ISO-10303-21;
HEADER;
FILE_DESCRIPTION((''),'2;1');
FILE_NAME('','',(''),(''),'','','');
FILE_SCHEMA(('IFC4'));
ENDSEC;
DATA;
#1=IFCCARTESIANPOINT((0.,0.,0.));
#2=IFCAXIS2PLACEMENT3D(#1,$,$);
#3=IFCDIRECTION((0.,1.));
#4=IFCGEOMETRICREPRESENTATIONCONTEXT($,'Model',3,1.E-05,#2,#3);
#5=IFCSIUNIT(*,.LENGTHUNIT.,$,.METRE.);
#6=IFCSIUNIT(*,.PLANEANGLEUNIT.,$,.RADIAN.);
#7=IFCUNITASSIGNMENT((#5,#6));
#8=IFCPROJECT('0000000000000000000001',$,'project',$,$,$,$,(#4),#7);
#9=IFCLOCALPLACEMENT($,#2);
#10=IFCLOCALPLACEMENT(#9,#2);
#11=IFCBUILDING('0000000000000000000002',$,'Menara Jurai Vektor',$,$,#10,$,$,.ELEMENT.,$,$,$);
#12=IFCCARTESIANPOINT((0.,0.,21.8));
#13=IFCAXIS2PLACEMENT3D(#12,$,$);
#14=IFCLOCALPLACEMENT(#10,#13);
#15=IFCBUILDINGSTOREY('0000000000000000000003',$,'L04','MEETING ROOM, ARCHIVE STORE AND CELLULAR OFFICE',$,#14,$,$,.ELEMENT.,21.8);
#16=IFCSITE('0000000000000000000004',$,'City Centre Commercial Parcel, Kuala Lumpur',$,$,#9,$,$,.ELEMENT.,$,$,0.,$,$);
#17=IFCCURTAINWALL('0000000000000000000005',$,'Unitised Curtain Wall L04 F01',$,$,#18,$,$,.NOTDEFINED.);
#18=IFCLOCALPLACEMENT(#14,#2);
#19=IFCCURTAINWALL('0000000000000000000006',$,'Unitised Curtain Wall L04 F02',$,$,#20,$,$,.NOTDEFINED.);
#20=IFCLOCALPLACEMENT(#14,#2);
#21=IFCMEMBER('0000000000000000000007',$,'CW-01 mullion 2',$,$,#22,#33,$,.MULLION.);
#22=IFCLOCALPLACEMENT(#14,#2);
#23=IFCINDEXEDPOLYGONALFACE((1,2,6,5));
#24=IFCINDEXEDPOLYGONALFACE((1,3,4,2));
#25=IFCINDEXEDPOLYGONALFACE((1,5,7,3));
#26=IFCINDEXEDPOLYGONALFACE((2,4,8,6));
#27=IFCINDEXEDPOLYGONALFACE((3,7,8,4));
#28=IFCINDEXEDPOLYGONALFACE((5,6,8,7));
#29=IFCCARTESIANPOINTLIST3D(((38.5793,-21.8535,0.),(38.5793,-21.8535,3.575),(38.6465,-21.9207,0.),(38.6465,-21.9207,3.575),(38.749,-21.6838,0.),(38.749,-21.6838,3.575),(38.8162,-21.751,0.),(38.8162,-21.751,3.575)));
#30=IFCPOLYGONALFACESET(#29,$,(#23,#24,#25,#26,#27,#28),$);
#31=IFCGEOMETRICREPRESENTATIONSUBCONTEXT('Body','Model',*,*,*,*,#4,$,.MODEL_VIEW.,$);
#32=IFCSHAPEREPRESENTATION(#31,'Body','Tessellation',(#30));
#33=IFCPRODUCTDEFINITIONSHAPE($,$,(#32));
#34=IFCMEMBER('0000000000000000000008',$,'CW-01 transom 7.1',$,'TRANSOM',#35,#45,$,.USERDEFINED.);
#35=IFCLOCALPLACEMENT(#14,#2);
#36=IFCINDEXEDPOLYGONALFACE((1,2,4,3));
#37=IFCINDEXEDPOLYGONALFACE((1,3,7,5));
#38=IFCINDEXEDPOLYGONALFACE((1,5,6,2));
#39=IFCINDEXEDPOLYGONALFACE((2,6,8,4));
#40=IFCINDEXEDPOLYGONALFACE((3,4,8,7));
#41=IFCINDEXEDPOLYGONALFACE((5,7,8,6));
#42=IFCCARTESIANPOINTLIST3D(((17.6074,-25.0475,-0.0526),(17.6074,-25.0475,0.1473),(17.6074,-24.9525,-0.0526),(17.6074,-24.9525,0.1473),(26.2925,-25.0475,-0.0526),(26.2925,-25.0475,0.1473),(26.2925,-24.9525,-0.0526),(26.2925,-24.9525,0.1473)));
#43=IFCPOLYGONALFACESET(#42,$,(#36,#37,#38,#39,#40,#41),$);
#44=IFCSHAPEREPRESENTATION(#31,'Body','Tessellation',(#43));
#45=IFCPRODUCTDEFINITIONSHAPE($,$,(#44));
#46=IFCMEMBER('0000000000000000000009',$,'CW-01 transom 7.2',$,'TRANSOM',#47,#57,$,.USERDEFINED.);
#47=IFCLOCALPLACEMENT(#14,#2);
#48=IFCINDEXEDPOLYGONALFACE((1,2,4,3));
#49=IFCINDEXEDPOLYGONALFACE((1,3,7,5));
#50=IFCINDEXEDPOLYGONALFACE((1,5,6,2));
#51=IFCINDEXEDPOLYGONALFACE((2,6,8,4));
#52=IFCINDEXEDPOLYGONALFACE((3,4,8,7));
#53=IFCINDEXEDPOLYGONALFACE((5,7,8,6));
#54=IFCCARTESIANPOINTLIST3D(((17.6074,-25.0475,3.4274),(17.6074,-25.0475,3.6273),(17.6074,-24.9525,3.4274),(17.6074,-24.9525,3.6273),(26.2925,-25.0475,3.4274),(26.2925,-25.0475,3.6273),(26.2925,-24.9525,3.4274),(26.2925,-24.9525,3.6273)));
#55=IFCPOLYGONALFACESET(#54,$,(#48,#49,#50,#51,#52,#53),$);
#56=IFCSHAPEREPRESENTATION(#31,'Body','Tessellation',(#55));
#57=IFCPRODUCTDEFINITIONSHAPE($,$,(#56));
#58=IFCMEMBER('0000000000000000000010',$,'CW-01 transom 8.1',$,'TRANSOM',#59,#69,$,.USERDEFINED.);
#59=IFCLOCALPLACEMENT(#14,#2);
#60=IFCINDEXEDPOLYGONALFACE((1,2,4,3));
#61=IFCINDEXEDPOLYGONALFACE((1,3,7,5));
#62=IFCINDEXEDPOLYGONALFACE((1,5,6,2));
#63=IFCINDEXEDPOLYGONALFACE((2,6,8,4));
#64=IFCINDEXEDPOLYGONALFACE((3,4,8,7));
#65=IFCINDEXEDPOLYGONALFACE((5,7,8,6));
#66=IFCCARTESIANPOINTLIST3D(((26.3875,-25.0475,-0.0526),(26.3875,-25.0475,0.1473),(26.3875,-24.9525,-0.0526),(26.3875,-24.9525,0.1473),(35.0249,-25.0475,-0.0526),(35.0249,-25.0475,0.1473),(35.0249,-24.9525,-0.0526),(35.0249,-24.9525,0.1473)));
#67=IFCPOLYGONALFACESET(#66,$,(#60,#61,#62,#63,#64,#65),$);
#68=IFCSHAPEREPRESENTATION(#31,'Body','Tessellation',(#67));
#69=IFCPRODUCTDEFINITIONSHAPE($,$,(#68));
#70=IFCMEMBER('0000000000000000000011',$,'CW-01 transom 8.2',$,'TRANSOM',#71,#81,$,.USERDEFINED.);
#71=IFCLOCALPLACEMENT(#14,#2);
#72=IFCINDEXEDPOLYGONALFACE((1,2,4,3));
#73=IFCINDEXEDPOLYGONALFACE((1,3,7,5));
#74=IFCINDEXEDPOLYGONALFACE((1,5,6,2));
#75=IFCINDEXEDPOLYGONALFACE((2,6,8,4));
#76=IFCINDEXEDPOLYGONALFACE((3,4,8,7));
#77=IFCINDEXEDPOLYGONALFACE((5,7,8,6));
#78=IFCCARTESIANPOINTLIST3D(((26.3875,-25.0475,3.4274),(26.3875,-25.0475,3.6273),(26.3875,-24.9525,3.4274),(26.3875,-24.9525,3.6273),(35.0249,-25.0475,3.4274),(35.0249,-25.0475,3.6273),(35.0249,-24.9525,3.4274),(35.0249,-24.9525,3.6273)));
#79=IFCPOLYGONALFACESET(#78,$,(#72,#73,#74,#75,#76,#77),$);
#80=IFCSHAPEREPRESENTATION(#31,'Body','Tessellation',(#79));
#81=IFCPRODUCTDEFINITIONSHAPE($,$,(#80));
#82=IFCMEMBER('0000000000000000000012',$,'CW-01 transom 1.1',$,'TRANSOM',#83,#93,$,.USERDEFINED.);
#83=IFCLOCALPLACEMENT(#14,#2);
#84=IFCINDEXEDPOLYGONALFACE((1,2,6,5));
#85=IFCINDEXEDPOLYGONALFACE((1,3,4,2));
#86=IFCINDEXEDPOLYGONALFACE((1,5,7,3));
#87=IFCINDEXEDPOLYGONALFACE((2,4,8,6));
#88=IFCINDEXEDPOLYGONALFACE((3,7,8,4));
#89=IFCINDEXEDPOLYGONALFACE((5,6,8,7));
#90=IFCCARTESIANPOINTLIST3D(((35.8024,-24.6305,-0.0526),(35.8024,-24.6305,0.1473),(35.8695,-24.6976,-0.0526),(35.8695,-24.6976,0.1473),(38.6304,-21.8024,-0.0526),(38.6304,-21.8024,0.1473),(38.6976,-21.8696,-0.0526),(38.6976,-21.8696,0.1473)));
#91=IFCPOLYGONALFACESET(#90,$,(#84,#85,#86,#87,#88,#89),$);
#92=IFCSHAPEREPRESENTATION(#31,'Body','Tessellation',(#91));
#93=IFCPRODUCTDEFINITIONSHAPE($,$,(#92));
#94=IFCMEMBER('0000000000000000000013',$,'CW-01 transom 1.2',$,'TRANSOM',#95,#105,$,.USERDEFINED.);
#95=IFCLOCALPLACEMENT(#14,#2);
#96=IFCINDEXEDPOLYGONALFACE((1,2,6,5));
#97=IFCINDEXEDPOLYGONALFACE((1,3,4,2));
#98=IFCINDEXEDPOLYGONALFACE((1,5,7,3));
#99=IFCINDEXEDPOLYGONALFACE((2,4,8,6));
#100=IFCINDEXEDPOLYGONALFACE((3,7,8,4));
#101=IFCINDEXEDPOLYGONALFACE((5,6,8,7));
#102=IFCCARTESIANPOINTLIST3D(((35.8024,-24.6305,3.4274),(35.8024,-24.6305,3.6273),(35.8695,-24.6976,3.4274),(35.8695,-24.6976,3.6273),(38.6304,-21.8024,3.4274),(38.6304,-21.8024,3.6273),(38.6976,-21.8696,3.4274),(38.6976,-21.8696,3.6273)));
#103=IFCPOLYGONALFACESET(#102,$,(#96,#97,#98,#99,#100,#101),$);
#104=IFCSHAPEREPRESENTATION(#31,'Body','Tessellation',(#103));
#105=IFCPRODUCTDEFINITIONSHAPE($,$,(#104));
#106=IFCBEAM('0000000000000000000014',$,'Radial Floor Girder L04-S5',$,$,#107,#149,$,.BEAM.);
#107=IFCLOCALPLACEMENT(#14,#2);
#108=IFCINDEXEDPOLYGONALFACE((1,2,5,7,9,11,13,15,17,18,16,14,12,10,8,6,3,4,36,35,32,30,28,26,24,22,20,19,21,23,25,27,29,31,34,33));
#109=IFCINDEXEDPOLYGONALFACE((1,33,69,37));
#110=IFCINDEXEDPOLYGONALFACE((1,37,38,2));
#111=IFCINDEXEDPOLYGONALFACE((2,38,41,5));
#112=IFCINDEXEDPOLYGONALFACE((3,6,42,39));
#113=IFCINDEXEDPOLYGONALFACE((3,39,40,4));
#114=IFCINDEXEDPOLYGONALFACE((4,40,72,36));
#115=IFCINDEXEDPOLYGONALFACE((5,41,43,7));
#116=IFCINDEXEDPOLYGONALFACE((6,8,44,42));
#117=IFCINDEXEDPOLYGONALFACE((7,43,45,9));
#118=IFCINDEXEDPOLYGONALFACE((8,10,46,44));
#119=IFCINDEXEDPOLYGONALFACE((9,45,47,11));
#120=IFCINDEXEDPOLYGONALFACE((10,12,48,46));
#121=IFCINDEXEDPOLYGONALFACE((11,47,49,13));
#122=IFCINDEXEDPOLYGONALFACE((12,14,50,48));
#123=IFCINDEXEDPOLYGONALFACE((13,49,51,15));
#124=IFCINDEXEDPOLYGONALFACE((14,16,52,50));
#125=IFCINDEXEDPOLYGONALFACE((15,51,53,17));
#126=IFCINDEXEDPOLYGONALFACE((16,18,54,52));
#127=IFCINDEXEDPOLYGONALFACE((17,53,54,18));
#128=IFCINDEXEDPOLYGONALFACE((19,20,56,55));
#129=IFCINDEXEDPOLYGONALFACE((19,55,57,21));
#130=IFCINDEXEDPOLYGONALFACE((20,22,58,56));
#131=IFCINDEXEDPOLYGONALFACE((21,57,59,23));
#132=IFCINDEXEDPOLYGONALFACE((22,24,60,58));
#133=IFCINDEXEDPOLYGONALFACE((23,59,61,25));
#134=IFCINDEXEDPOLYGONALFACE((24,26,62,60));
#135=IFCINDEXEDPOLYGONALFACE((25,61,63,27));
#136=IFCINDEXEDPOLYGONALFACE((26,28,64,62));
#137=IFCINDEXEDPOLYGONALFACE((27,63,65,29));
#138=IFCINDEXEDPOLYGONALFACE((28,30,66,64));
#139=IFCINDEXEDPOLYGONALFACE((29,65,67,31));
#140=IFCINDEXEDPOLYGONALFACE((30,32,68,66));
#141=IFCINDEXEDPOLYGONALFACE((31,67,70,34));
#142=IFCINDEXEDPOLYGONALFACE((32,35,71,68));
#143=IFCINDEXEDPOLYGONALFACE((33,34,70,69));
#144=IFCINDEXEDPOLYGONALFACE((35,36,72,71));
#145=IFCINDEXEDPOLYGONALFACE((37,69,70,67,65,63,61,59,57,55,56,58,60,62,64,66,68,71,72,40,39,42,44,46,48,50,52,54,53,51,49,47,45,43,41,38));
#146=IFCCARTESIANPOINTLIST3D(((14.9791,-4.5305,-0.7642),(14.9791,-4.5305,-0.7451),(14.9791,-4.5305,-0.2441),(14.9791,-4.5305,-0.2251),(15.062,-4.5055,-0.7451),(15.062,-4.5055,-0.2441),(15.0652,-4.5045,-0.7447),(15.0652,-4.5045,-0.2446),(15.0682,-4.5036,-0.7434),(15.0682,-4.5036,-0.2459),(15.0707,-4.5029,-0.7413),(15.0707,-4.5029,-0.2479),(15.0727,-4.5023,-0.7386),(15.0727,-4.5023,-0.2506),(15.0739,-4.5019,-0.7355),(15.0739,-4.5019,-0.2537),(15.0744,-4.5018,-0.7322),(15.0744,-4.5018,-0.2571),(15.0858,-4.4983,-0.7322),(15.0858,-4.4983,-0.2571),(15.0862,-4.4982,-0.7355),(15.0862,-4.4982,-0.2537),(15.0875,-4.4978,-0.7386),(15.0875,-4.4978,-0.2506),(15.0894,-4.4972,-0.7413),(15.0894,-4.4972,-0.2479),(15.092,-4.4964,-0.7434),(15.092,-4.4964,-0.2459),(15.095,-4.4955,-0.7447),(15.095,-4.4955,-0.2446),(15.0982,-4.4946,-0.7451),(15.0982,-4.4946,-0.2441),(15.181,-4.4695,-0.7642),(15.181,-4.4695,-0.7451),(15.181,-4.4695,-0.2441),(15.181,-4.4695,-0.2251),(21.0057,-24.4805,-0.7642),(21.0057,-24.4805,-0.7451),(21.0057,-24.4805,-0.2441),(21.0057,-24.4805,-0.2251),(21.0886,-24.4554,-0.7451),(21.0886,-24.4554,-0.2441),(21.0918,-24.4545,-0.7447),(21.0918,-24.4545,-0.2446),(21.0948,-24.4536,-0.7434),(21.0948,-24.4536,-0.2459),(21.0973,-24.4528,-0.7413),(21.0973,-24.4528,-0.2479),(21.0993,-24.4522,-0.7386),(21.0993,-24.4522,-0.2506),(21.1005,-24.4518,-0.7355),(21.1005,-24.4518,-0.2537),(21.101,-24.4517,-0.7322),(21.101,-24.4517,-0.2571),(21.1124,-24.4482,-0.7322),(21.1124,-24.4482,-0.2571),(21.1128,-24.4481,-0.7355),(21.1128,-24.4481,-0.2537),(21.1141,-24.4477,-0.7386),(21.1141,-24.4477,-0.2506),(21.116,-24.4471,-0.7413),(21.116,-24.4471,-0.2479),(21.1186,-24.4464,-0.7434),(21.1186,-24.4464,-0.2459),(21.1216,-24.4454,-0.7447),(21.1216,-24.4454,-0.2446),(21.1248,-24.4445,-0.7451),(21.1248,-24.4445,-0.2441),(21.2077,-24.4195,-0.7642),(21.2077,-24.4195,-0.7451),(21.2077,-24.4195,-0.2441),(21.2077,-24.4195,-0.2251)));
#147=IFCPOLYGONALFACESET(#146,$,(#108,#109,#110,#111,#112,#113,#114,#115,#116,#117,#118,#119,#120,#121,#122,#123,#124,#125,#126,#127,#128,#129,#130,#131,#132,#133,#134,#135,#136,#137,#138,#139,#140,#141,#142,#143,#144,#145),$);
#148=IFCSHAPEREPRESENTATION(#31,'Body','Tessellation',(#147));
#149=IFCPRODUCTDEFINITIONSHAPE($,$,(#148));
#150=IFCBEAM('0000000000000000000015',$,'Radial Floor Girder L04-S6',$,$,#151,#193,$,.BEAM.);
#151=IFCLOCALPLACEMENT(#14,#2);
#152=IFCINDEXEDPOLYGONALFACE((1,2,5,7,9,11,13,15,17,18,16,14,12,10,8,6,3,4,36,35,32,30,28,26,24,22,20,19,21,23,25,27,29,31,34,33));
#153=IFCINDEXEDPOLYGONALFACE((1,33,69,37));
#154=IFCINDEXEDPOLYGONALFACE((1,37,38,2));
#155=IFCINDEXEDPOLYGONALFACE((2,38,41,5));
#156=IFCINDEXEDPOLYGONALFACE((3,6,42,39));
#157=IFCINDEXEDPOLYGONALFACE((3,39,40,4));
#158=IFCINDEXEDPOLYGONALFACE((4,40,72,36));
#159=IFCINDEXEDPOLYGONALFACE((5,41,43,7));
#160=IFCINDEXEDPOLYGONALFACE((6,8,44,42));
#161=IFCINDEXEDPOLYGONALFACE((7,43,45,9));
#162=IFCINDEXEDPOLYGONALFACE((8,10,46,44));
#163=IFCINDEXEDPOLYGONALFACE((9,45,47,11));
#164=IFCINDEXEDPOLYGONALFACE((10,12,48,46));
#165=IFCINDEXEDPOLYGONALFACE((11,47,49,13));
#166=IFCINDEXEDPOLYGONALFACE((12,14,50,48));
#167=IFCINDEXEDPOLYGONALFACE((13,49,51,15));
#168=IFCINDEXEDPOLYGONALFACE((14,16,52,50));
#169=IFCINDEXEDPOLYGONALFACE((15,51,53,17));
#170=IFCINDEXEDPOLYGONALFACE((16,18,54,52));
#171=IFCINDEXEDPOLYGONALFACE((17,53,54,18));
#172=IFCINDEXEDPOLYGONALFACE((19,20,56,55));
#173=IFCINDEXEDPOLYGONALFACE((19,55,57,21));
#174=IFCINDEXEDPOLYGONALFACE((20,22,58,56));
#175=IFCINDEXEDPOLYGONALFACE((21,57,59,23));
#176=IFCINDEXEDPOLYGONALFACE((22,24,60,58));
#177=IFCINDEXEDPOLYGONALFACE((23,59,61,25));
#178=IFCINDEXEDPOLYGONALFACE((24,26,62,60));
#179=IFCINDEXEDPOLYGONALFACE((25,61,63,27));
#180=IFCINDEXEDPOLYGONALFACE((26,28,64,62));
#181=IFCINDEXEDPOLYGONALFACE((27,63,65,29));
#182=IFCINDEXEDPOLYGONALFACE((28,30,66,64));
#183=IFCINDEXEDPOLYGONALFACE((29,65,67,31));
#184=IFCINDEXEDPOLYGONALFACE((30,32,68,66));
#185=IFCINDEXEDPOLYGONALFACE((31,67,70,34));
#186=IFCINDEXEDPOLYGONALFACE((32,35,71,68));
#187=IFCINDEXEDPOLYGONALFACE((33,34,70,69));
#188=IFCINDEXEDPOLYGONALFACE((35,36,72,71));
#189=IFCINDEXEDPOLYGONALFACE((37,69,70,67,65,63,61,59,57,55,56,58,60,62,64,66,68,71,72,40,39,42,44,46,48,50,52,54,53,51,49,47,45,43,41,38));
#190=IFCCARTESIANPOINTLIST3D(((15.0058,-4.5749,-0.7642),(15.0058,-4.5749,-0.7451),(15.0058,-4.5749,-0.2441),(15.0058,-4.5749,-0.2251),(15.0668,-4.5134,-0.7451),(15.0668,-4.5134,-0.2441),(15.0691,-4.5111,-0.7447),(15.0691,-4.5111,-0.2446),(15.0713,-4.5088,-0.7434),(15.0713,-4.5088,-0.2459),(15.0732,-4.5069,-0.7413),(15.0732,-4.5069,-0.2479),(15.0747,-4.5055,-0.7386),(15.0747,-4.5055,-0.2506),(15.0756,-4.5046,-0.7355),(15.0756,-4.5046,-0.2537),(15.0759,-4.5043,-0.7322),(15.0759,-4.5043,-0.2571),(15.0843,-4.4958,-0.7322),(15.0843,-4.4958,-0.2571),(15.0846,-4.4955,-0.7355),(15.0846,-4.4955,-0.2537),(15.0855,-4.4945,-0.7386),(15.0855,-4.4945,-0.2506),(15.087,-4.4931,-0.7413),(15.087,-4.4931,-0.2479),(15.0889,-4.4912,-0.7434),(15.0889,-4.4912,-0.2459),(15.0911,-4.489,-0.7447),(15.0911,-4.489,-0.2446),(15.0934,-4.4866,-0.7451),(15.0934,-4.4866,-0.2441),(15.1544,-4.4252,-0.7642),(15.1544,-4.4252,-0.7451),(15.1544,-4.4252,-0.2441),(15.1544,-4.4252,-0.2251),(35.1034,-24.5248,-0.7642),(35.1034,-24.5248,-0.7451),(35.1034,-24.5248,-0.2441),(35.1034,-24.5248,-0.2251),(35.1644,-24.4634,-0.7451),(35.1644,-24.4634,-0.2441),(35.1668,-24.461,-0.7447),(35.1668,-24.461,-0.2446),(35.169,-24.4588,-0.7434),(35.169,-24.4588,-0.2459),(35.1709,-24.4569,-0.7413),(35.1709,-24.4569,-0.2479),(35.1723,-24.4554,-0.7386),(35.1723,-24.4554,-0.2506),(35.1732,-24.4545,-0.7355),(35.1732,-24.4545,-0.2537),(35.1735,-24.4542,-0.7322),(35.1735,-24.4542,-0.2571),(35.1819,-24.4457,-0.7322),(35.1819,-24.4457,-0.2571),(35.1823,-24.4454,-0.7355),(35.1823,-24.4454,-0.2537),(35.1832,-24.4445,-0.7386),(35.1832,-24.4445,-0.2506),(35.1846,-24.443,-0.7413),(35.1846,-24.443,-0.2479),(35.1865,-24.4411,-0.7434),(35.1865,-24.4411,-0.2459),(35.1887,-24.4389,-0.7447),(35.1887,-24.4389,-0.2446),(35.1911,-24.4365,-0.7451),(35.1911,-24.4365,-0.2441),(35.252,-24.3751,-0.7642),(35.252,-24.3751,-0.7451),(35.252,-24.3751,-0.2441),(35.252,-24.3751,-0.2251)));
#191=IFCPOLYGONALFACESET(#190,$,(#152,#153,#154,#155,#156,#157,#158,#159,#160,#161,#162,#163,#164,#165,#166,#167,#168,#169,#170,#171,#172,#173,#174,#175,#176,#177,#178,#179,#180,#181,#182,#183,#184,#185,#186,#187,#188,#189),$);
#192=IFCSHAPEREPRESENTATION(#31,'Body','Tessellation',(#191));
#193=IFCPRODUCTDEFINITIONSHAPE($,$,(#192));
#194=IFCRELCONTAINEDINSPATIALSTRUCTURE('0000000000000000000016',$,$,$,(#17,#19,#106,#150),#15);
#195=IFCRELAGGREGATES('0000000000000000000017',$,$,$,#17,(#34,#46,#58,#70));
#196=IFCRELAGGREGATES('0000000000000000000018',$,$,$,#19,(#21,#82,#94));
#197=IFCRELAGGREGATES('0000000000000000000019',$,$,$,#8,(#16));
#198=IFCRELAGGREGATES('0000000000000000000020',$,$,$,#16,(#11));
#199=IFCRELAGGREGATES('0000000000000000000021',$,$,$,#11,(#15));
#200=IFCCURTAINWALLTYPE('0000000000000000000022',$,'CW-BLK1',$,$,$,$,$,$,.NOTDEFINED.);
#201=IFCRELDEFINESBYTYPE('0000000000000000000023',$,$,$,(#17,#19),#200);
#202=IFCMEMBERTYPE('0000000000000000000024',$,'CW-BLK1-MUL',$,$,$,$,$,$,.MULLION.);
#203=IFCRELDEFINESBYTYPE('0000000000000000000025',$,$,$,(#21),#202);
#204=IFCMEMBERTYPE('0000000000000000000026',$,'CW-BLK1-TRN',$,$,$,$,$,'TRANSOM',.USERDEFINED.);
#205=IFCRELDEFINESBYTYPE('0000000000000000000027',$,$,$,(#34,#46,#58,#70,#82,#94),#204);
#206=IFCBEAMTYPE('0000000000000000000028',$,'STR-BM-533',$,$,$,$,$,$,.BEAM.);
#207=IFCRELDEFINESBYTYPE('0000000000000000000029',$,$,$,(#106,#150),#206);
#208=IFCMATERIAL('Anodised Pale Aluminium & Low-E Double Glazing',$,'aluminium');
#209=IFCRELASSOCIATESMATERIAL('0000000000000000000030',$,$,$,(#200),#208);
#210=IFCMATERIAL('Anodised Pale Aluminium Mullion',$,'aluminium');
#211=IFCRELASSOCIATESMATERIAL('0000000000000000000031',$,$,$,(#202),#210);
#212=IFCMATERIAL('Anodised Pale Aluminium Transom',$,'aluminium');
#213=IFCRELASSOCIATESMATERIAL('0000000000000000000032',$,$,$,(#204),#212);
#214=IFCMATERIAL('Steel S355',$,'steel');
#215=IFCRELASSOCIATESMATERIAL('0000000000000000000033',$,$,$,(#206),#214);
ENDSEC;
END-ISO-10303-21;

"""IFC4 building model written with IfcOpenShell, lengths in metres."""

from ifc_helpers import new_model, si_unit, direction, frame, origin, origin_2d, place, context, subcontext, project, spatial, rectangle, i_section, extrude, material, material_profile, profile_set, type_object, element, aggregate, save


model = new_model("IFC4")

# Units and contexts
model_context = context("Model", 3, precision=1e-05, world=origin(), true_north=direction((0.0, 1.0)))
body_context = subcontext(model_context, "Body", "Model", "MODEL_VIEW")
ifc_project = project(units=[si_unit("LENGTHUNIT", "METRE"), si_unit("PLANEANGLEUNIT", "RADIAN")], contexts=[model_context])

# Site, building, storey
site_placement = place(None, origin())
site = spatial("IfcSite", under=ifc_project, at=site_placement, Name="City Centre Commercial Parcel, Kuala Lumpur", CompositionType="ELEMENT", RefElevation=0.0)
building_placement = place(site_placement, origin())
building = spatial("IfcBuilding", under=site, at=building_placement, Name="Menara Jurai Vektor", CompositionType="ELEMENT")
storey_placement = place(building_placement, frame((0.0, 0.0, 21.8)))
storey = spatial("IfcBuildingStorey", under=building, at=storey_placement, Name="L04", Description="MEETING ROOM, ARCHIVE STORE AND CELLULAR OFFICE", CompositionType="ELEMENT", Elevation=21.8)

# Curtain walls, member
ifc_material_1 = material(Name="Anodised Pale Aluminium & Low-E Double Glazing", Category="aluminium")
curtain_wall_type = type_object("IfcCurtainWallType", Name="CW-BLK1", PredefinedType="NOTDEFINED", material=ifc_material_1)
curtain_wall_1_placement = place(storey_placement, origin())
curtain_wall_1 = element("IfcCurtainWall", 1, at=curtain_wall_1_placement, inside=storey, type_object=curtain_wall_type, Name="Unitised Curtain Wall L04 F01", PredefinedType="NOTDEFINED")
ifc_material_2 = material(Name="Anodised Pale Aluminium Mullion", Category="aluminium")
ifc_material_profile_1 = material_profile(ifc_material_2, rectangle(XDim=0.095, YDim=0.24, at=origin_2d()), Name="ALU MUL 95x240")
ifc_profile_set_1 = profile_set([ifc_material_profile_1], Name="Anodised Pale Aluminium Mullion")
member_type_1 = type_object("IfcMemberType", Name="CW-BLK1-MUL", PredefinedType="MULLION", material=ifc_profile_set_1)
curtain_wall_2_placement = place(storey_placement, origin())
curtain_wall_2 = element("IfcCurtainWall", 2, at=curtain_wall_2_placement, inside=storey, type_object=curtain_wall_type, Name="Unitised Curtain Wall L04 F02", PredefinedType="NOTDEFINED")
member_1_placement = place(storey_placement, frame((38.6978, -21.8022, 0.0), z_axis=(0.0, 0.0, 1.0), x_axis=(-0.707107, 0.707107, 0.0)))
member_1 = element("IfcMember", 3, at=member_1_placement, type_object=member_type_1, Name="CW-01 mullion 2", PredefinedType="MULLION", context=body_context, shape_type="SweptSolid", body=[
    extrude(rectangle(XDim=0.095, YDim=0.24, at=origin_2d()), origin(), (0.0, 0.0, 1.0), 3.575),
])

# Members
ifc_material_3 = material(Name="Anodised Pale Aluminium Transom", Category="aluminium")
ifc_material_profile_2 = material_profile(ifc_material_3, rectangle(XDim=0.095, YDim=0.2, at=origin_2d()), Name="ALU TRN 95x200")
ifc_profile_set_2 = profile_set([ifc_material_profile_2], Name="Anodised Pale Aluminium Transom")
member_type_2 = type_object("IfcMemberType", Name="CW-BLK1-TRN", ElementType="TRANSOM", PredefinedType="USERDEFINED", material=ifc_profile_set_2)
member_2_placement = place(storey_placement, frame((17.6074, -25.0, 0.0474), z_axis=(1.0, 0.0, 0.0), x_axis=(0.0, 1.0, 0.0)))
member_2 = element("IfcMember", 4, at=member_2_placement, type_object=member_type_2, Name="CW-01 transom 7.1", ObjectType="TRANSOM", PredefinedType="USERDEFINED", context=body_context, shape_type="SweptSolid", body=[
    extrude(rectangle(XDim=0.095, YDim=0.2, at=origin_2d()), origin(), (0.0, 0.0, 1.0), 8.6851),
])
member_3_placement = place(storey_placement, frame((17.6074, -25.0, 3.5273), z_axis=(1.0, 0.0, 0.0), x_axis=(0.0, 1.0, 0.0)))
member_3 = element("IfcMember", 5, at=member_3_placement, type_object=member_type_2, Name="CW-01 transom 7.2", ObjectType="TRANSOM", PredefinedType="USERDEFINED", context=body_context, shape_type="SweptSolid", body=[
    extrude(rectangle(XDim=0.095, YDim=0.2, at=origin_2d()), origin(), (0.0, 0.0, 1.0), 8.6851),
])
member_4_placement = place(storey_placement, frame((26.3875, -25.0, 0.0474), z_axis=(1.0, 0.0, 0.0), x_axis=(0.0, 1.0, 0.0)))
member_4 = element("IfcMember", 6, at=member_4_placement, type_object=member_type_2, Name="CW-01 transom 8.1", ObjectType="TRANSOM", PredefinedType="USERDEFINED", context=body_context, shape_type="SweptSolid", body=[
    extrude(rectangle(XDim=0.095, YDim=0.2, at=origin_2d()), origin(), (0.0, 0.0, 1.0), 8.6375),
])
member_5_placement = place(storey_placement, frame((26.3875, -25.0, 3.5273), z_axis=(1.0, 0.0, 0.0), x_axis=(0.0, 1.0, 0.0)))
member_5 = element("IfcMember", 7, at=member_5_placement, type_object=member_type_2, Name="CW-01 transom 8.2", ObjectType="TRANSOM", PredefinedType="USERDEFINED", context=body_context, shape_type="SweptSolid", body=[
    extrude(rectangle(XDim=0.095, YDim=0.2, at=origin_2d()), origin(), (0.0, 0.0, 1.0), 8.6375),
])
member_6_placement = place(storey_placement, frame((35.8359, -24.6641, 0.0474), z_axis=(0.707107, 0.707107, 0.0), x_axis=(-0.707107, 0.707107, 0.0)))
member_6 = element("IfcMember", 8, at=member_6_placement, type_object=member_type_2, Name="CW-01 transom 1.1", ObjectType="TRANSOM", PredefinedType="USERDEFINED", context=body_context, shape_type="SweptSolid", body=[
    extrude(rectangle(XDim=0.095, YDim=0.2, at=origin_2d()), origin(), (0.0, 0.0, 1.0), 3.9995),
])
member_7_placement = place(storey_placement, frame((35.8359, -24.6641, 3.5273), z_axis=(0.707107, 0.707107, 0.0), x_axis=(-0.707107, 0.707107, 0.0)))
member_7 = element("IfcMember", 9, at=member_7_placement, type_object=member_type_2, Name="CW-01 transom 1.2", ObjectType="TRANSOM", PredefinedType="USERDEFINED", context=body_context, shape_type="SweptSolid", body=[
    extrude(rectangle(XDim=0.095, YDim=0.2, at=origin_2d()), origin(), (0.0, 0.0, 1.0), 3.9995),
])

# Beams
ifc_material_4 = material(Name="Steel S355", Category="steel")
ifc_material_profile_3 = material_profile(ifc_material_4, i_section(OverallWidth=0.2109, OverallDepth=0.5391, WebThickness=0.012, FlangeThickness=0.019, FilletRadius=0.0129, at=origin_2d()), Name="UKB 533x210x109")
ifc_profile_set_3 = profile_set([ifc_material_profile_3], Name="Steel S355")
beam_type_1 = type_object("IfcBeamType", Name="STR-BM-533", PredefinedType="BEAM", material=ifc_profile_set_3)
beam_1_placement = place(storey_placement, frame((21.1067, -24.45, -0.4946), z_axis=(-0.28918, 0.957275, 0.0), x_axis=(-0.957275, -0.28918, 0.0)))
element("IfcBeam", 10, at=beam_1_placement, inside=storey, type_object=beam_type_1, Name="Radial Floor Girder L04-S5", PredefinedType="BEAM", context=body_context, shape_type="SweptSolid", body=[
    extrude(i_section(OverallWidth=0.2109, OverallDepth=0.5391, WebThickness=0.012, FlangeThickness=0.019, FilletRadius=0.0129, at=origin_2d()), origin(), (0.0, 0.0, 1.0), 20.8403),
])
beam_2_placement = place(storey_placement, frame((35.1777, -24.45, -0.4946), z_axis=(-0.70971, 0.704494, 0.0), x_axis=(-0.704494, -0.70971, 0.0)))
element("IfcBeam", 11, at=beam_2_placement, inside=storey, type_object=beam_type_1, Name="Radial Floor Girder L04-S6", PredefinedType="BEAM", context=body_context, shape_type="SweptSolid", body=[
    extrude(i_section(OverallWidth=0.2109, OverallDepth=0.5391, WebThickness=0.012, FlangeThickness=0.019, FilletRadius=0.0129, at=origin_2d()), origin(), (0.0, 0.0, 1.0), 28.3181),
])

aggregate(curtain_wall_1, [member_2, member_3, member_4, member_5])
aggregate(curtain_wall_2, [member_1, member_6, member_7])

save(model, "model.ifc")
